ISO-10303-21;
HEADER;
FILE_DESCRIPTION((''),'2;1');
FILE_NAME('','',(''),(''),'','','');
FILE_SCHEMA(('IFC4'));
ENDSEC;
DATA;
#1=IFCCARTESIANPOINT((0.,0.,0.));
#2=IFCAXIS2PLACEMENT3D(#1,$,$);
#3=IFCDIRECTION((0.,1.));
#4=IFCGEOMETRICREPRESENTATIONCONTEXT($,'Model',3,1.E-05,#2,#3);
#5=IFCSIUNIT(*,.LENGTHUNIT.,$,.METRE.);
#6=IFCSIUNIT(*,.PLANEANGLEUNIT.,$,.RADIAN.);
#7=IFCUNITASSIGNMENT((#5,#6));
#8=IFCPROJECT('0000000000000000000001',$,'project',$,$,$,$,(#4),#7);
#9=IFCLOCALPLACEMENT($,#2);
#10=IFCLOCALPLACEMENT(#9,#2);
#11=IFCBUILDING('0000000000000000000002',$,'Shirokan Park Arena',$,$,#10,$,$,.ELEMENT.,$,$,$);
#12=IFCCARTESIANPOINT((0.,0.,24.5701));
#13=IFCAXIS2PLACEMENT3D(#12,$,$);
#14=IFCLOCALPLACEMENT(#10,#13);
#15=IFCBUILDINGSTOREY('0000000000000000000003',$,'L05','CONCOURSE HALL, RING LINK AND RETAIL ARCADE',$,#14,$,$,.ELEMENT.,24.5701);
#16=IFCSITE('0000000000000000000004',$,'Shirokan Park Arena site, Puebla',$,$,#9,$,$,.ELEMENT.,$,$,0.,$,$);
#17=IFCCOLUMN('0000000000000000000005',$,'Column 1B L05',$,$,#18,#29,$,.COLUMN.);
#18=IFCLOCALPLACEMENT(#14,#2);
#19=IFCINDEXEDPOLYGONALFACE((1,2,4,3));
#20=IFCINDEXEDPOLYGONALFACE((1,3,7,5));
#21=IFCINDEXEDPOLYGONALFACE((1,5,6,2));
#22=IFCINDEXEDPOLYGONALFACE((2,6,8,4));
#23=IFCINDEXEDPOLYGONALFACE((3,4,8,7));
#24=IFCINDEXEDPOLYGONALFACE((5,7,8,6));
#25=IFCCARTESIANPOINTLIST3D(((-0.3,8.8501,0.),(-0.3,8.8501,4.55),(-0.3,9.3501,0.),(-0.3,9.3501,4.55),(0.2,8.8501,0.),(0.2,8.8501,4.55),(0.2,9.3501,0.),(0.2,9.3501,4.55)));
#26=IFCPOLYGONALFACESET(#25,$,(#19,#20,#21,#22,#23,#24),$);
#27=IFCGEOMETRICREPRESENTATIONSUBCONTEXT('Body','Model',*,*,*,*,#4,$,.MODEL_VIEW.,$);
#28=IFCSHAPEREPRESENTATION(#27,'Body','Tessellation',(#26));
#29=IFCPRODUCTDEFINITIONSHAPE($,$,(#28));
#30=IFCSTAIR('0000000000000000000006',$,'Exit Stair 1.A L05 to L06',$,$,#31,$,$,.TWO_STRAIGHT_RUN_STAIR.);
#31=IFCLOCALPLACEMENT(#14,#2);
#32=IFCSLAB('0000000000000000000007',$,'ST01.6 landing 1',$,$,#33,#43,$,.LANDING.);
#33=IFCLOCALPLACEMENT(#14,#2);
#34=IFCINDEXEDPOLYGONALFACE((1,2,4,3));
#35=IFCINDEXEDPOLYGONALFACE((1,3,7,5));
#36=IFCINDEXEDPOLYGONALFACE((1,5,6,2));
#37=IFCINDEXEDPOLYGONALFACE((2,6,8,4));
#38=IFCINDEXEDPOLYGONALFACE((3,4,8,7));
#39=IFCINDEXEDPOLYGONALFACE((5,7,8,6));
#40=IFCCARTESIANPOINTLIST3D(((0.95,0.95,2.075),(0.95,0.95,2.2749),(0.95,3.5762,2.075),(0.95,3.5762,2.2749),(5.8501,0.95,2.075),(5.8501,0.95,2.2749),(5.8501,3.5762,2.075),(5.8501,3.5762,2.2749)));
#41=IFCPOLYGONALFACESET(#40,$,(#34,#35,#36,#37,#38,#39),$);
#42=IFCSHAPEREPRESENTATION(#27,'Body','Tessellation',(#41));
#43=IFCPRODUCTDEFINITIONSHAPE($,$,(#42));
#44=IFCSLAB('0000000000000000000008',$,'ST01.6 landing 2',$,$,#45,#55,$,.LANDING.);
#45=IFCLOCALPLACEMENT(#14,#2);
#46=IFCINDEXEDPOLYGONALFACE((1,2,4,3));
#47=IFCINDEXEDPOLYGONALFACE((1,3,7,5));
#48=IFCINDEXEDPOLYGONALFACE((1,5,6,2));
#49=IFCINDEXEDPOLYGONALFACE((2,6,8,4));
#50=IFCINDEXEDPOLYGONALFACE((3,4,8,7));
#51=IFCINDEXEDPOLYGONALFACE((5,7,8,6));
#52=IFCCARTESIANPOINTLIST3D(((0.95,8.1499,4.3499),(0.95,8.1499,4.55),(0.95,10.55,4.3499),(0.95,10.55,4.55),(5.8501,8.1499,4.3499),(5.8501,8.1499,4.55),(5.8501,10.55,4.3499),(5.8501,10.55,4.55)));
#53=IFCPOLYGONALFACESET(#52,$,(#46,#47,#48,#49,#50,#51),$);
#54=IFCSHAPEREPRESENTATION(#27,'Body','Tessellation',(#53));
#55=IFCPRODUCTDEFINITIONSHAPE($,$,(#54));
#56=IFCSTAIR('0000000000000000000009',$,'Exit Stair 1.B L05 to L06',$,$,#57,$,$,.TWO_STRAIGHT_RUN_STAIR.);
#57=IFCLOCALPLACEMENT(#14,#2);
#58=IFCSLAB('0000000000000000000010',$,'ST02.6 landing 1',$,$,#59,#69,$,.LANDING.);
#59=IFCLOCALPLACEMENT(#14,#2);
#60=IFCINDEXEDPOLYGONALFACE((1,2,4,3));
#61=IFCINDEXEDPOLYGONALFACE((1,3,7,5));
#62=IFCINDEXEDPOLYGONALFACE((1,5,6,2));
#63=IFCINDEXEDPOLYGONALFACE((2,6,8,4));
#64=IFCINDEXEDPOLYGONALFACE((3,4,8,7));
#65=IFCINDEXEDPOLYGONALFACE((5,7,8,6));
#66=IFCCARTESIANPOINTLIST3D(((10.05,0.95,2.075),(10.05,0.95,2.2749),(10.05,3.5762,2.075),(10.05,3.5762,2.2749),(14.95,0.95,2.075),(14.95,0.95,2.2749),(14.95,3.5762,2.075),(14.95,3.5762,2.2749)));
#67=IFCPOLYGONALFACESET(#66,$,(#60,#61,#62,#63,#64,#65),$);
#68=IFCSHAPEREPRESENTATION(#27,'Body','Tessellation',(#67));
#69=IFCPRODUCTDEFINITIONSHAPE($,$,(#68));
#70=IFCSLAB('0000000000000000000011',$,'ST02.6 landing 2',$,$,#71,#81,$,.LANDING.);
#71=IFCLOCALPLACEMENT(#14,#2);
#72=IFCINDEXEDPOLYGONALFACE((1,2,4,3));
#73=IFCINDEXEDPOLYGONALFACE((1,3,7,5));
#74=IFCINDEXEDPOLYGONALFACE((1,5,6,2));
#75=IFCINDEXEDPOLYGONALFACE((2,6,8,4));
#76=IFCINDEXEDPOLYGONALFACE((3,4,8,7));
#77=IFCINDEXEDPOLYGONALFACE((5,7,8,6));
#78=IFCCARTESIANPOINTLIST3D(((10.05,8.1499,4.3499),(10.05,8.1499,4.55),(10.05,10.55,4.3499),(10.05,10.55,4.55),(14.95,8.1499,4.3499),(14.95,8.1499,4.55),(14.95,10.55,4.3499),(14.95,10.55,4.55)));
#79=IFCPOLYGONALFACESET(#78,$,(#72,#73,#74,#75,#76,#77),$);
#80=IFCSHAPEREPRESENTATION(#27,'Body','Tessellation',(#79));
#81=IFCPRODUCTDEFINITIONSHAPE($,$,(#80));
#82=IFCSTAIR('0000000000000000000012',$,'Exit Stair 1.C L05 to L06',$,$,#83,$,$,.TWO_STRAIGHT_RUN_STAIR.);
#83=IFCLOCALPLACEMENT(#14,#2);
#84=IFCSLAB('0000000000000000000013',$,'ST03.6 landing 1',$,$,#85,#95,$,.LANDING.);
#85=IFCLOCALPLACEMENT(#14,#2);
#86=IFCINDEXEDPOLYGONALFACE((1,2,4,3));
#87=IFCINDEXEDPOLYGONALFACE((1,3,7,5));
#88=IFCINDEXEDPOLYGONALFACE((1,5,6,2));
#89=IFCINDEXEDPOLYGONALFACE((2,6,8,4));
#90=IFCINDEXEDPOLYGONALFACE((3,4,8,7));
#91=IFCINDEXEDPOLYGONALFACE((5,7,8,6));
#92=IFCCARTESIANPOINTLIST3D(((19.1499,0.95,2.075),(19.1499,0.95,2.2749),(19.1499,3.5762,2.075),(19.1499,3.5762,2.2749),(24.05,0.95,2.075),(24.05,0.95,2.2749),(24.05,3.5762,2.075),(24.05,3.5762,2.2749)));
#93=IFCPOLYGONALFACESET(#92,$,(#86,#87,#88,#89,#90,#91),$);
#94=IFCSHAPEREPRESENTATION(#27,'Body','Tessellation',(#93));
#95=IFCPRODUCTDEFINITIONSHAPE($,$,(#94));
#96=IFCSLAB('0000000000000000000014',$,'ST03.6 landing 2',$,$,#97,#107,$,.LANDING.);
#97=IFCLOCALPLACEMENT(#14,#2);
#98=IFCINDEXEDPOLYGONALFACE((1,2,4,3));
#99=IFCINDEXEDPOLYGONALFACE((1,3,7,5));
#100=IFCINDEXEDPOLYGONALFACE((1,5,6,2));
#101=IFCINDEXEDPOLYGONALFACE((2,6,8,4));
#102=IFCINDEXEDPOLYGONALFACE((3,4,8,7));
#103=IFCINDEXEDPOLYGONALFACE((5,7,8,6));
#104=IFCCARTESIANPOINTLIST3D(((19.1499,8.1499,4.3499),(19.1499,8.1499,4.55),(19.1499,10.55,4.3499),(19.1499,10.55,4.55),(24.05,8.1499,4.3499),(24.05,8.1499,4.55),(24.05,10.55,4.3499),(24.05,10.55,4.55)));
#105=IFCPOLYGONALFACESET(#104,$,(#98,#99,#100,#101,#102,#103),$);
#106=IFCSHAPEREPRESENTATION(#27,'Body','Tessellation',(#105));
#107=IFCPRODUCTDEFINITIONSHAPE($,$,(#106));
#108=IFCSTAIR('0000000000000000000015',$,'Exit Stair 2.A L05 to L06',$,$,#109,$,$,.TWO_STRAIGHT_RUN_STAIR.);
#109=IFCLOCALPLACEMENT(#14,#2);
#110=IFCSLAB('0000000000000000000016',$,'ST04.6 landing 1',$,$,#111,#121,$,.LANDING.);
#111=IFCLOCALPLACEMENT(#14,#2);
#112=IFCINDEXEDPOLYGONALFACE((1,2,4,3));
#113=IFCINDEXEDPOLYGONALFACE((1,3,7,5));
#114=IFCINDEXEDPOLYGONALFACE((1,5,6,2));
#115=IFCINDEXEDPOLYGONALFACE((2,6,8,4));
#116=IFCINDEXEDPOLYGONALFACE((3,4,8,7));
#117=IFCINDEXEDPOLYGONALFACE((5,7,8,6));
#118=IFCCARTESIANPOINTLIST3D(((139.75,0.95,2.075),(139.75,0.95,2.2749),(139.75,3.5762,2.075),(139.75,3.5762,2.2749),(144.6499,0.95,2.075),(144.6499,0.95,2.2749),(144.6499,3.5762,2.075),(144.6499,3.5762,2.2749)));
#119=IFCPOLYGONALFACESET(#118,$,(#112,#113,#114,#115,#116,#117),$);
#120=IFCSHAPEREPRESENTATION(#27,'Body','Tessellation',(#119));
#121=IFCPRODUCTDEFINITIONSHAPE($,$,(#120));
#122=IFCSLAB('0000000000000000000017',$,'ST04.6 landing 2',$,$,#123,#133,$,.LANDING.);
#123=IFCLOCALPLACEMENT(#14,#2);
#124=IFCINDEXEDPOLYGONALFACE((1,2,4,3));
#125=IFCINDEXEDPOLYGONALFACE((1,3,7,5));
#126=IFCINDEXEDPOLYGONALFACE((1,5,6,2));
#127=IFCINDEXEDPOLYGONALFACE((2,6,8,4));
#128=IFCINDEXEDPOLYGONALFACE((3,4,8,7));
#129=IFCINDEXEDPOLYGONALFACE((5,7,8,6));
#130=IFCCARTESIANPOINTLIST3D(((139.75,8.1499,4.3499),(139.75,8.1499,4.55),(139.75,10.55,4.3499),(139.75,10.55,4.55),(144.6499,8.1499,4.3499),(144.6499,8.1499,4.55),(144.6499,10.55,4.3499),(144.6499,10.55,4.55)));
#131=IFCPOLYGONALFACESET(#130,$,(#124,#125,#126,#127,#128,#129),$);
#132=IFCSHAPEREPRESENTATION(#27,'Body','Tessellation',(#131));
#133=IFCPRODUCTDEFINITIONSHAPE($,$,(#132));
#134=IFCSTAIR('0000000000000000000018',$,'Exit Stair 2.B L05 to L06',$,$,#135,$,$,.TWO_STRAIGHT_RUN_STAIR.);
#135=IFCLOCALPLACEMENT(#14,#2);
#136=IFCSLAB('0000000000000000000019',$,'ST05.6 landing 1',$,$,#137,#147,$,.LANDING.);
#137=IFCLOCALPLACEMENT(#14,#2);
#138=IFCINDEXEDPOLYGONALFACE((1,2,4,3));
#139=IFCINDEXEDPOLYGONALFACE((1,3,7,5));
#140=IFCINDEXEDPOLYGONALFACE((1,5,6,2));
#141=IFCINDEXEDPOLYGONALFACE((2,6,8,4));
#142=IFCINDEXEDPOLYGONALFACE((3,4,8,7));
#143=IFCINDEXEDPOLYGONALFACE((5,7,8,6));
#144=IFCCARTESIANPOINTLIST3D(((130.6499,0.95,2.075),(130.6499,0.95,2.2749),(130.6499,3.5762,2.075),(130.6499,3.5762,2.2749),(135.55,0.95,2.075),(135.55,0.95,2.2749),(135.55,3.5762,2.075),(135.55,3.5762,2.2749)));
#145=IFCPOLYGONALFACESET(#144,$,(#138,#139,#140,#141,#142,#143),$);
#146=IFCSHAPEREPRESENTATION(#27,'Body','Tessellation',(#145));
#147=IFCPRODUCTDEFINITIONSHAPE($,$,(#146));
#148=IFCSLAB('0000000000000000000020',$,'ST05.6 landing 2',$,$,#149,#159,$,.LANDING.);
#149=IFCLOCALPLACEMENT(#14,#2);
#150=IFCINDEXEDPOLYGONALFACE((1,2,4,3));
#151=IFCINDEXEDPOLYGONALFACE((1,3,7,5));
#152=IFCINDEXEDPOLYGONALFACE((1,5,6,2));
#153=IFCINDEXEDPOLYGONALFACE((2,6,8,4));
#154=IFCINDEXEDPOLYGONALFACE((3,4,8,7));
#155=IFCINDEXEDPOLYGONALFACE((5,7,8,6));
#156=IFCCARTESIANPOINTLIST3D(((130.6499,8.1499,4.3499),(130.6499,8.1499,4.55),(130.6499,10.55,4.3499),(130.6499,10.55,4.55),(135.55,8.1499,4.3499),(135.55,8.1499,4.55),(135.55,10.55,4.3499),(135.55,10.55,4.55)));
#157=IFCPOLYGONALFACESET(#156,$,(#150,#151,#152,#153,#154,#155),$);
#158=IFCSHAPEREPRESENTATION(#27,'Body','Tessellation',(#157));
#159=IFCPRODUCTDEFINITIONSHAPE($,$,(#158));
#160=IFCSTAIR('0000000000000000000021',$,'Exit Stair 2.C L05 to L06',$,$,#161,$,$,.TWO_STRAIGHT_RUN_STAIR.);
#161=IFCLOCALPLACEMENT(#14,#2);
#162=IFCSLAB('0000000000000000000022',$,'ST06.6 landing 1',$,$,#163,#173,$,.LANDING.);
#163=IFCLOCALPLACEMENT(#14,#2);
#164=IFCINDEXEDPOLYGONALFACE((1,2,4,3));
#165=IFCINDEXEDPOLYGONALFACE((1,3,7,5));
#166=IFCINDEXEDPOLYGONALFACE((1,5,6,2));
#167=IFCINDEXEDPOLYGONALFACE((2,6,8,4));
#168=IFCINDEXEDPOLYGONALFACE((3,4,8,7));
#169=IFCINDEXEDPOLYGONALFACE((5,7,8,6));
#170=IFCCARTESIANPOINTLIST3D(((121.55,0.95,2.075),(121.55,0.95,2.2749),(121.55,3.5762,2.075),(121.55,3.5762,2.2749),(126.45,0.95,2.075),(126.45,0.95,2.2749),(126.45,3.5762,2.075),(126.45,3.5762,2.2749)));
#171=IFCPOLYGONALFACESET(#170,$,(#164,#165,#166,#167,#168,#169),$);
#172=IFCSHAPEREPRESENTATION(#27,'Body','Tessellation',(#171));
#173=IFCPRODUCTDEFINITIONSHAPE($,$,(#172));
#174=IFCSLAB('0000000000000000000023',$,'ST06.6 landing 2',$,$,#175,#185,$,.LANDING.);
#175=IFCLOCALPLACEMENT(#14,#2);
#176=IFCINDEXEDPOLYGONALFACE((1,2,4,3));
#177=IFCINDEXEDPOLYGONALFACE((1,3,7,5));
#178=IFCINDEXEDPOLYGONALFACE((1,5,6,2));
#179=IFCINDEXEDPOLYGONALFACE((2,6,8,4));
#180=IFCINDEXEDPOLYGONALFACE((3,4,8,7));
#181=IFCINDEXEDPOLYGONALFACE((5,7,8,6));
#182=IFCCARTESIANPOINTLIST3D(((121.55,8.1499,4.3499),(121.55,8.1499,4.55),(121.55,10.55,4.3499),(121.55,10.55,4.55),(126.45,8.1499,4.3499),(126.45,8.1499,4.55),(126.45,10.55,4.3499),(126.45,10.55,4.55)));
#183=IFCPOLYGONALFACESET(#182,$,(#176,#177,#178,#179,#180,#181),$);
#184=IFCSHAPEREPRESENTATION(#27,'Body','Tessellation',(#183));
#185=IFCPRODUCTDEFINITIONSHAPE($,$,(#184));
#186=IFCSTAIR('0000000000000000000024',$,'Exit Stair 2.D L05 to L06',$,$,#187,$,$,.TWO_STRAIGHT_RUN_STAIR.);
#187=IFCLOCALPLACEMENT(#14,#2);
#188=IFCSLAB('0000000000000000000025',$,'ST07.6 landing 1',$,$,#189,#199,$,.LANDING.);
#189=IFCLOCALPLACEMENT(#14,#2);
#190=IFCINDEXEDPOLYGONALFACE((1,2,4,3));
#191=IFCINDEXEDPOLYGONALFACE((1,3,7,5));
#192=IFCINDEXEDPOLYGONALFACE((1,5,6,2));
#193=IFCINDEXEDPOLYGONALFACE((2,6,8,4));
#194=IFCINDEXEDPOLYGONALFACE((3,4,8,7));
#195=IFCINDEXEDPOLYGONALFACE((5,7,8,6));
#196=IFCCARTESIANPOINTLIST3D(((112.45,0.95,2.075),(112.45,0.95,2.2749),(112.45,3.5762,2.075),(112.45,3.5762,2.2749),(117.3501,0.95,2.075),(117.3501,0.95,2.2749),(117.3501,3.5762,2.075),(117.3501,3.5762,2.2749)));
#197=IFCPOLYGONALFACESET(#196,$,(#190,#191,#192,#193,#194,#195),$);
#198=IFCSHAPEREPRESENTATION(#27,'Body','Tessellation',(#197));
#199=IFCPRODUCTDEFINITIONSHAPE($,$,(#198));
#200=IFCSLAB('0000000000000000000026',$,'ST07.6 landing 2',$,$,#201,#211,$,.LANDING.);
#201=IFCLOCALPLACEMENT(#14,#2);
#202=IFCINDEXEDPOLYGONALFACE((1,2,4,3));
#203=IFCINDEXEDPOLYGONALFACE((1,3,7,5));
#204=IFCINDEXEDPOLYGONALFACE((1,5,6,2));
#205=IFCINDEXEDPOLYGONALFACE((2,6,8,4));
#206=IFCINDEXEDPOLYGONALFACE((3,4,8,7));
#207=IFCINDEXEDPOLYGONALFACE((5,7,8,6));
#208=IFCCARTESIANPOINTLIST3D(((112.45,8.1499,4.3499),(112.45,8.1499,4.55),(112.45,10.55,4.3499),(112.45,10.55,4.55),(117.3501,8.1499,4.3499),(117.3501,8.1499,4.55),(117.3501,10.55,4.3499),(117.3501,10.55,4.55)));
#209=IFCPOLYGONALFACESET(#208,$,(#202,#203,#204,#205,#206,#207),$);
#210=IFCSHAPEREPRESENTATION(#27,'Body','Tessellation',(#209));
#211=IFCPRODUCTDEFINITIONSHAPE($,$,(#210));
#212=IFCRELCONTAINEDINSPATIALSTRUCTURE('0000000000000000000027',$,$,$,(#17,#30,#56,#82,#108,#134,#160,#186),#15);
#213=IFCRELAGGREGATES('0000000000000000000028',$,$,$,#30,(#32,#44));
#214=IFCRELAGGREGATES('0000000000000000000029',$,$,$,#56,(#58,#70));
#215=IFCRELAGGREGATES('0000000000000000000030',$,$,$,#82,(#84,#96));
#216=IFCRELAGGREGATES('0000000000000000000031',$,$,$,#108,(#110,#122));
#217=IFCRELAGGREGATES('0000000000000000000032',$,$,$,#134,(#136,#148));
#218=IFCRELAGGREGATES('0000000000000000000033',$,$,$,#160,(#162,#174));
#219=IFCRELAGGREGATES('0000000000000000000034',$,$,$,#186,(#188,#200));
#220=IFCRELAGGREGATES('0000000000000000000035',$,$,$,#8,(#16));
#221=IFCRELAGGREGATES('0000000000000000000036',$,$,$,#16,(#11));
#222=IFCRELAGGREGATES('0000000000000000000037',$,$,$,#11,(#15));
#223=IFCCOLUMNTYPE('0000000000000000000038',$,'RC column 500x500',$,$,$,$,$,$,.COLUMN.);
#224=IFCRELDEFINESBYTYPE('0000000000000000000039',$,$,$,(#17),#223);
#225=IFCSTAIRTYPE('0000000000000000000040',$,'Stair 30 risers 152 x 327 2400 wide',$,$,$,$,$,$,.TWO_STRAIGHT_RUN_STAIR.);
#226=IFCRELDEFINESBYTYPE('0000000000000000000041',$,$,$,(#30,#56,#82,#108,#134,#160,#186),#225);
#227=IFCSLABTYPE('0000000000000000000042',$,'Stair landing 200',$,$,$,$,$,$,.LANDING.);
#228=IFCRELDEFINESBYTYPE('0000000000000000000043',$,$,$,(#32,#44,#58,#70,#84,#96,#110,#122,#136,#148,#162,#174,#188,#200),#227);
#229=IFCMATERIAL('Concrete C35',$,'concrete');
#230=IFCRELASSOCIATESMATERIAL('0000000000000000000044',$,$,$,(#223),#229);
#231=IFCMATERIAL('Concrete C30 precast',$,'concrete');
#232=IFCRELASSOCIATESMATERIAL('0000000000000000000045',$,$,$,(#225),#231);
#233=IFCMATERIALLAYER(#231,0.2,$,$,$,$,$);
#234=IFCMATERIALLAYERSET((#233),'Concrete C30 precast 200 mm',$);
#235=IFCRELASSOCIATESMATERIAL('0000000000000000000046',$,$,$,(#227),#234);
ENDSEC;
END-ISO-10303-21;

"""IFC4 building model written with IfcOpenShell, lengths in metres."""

from ifc_helpers import new_model, si_unit, direction, frame, origin, origin_2d, place, context, subcontext, project, spatial, polyline, rectangle, outline, extrude, material, layer, layer_set, material_profile, profile_set, type_object, element, aggregate, save


model = new_model("IFC4")

# Units and contexts
model_context = context("Model", 3, precision=1e-05, world=origin(), true_north=direction((0.0, 1.0)))
body_context = subcontext(model_context, "Body", "Model", "MODEL_VIEW")
ifc_project = project(units=[si_unit("LENGTHUNIT", "METRE"), si_unit("PLANEANGLEUNIT", "RADIAN")], contexts=[model_context])

# Site, building, storey
site_placement = place(None, origin())
site = spatial("IfcSite", under=ifc_project, at=site_placement, Name="Shirokan Park Arena site, Puebla", CompositionType="ELEMENT", RefElevation=0.0)
building_placement = place(site_placement, origin())
building = spatial("IfcBuilding", under=site, at=building_placement, Name="Shirokan Park Arena", CompositionType="ELEMENT")
storey_placement = place(building_placement, frame((0.0, 0.0, 24.5701)))
storey = spatial("IfcBuildingStorey", under=building, at=storey_placement, Name="L05", Description="CONCOURSE HALL, RING LINK AND RETAIL ARCADE", CompositionType="ELEMENT", Elevation=24.5701)

# Column
ifc_material_1 = material(Name="Concrete C35", Category="concrete")
ifc_material_profile = material_profile(ifc_material_1, rectangle(XDim=0.5, YDim=0.5, at=origin_2d()), Name="500x500")
ifc_profile_set = profile_set([ifc_material_profile], Name="Concrete C35")
column_type = type_object("IfcColumnType", Name="RC column 500x500", PredefinedType="COLUMN", material=ifc_profile_set)
column_placement = place(storey_placement, frame((-0.05, 9.1001, 0.0), z_axis=(0.0, 0.0, 1.0), x_axis=(1.0, 0.0, 0.0)))
element("IfcColumn", 1, at=column_placement, inside=storey, type_object=column_type, Name="Column 1B L05", PredefinedType="COLUMN", context=body_context, shape_type="SweptSolid", body=[
    extrude(rectangle(XDim=0.5, YDim=0.5, at=origin_2d()), origin(), (0.0, 0.0, 1.0), 4.55),
])

# Stairs, slabs
ifc_material_2 = material(Name="Concrete C30 precast", Category="concrete")
stair_type = type_object("IfcStairType", Name="Stair 30 risers 152 x 327 2400 wide", PredefinedType="TWO_STRAIGHT_RUN_STAIR", material=ifc_material_2)
stair_1_placement = place(storey_placement, origin())
stair_1 = element("IfcStair", 2, at=stair_1_placement, inside=storey, type_object=stair_type, Name="Exit Stair 1.A L05 to L06", PredefinedType="TWO_STRAIGHT_RUN_STAIR")
ifc_layer = layer(ifc_material_2, 0.2)
ifc_layer_set = layer_set([ifc_layer], Name="Concrete C30 precast 200 mm")
slab_type = type_object("IfcSlabType", Name="Stair landing 200", PredefinedType="LANDING", material=ifc_layer_set)
slab_1_placement = place(storey_placement, frame((0.0, 0.0, 2.075)))
slab_1 = element("IfcSlab", 3, at=slab_1_placement, type_object=slab_type, Name="ST01.6 landing 1", PredefinedType="LANDING", context=body_context, shape_type="SweptSolid", body=[
    extrude(outline(polyline([(0.95, 0.95), (5.8501, 0.95), (5.8501, 3.5762), (0.95, 3.5762), (0.95, 0.95)])), origin(), (0.0, 0.0, 1.0), 0.2),
])
slab_2_placement = place(storey_placement, frame((0.0, 0.0, 4.3499)))
slab_2 = element("IfcSlab", 4, at=slab_2_placement, type_object=slab_type, Name="ST01.6 landing 2", PredefinedType="LANDING", context=body_context, shape_type="SweptSolid", body=[
    extrude(outline(polyline([(0.95, 8.1499), (5.8501, 8.1499), (5.8501, 10.55), (0.95, 10.55), (0.95, 8.1499)])), origin(), (0.0, 0.0, 1.0), 0.2002),
])
aggregate(stair_1, [slab_1, slab_2])
stair_2_placement = place(storey_placement, origin())
stair_2 = element("IfcStair", 5, at=stair_2_placement, inside=storey, type_object=stair_type, Name="Exit Stair 1.B L05 to L06", PredefinedType="TWO_STRAIGHT_RUN_STAIR")
slab_3_placement = place(storey_placement, frame((0.0, 0.0, 2.075)))
slab_3 = element("IfcSlab", 6, at=slab_3_placement, type_object=slab_type, Name="ST02.6 landing 1", PredefinedType="LANDING", context=body_context, shape_type="SweptSolid", body=[
    extrude(outline(polyline([(10.05, 0.95), (14.95, 0.95), (14.95, 3.5762), (10.05, 3.5762), (10.05, 0.95)])), origin(), (0.0, 0.0, 1.0), 0.2),
])
slab_4_placement = place(storey_placement, frame((0.0, 0.0, 4.3499)))
slab_4 = element("IfcSlab", 7, at=slab_4_placement, type_object=slab_type, Name="ST02.6 landing 2", PredefinedType="LANDING", context=body_context, shape_type="SweptSolid", body=[
    extrude(outline(polyline([(10.05, 8.1499), (14.95, 8.1499), (14.95, 10.55), (10.05, 10.55), (10.05, 8.1499)])), origin(), (0.0, 0.0, 1.0), 0.2002),
])
aggregate(stair_2, [slab_3, slab_4])
stair_3_placement = place(storey_placement, origin())
stair_3 = element("IfcStair", 8, at=stair_3_placement, inside=storey, type_object=stair_type, Name="Exit Stair 1.C L05 to L06", PredefinedType="TWO_STRAIGHT_RUN_STAIR")
slab_5_placement = place(storey_placement, frame((0.0, 0.0, 2.075)))
slab_5 = element("IfcSlab", 9, at=slab_5_placement, type_object=slab_type, Name="ST03.6 landing 1", PredefinedType="LANDING", context=body_context, shape_type="SweptSolid", body=[
    extrude(outline(polyline([(19.1499, 0.95), (24.05, 0.95), (24.05, 3.5762), (19.1499, 3.5762), (19.1499, 0.95)])), origin(), (0.0, 0.0, 1.0), 0.2),
])
slab_6_placement = place(storey_placement, frame((0.0, 0.0, 4.3499)))
slab_6 = element("IfcSlab", 10, at=slab_6_placement, type_object=slab_type, Name="ST03.6 landing 2", PredefinedType="LANDING", context=body_context, shape_type="SweptSolid", body=[
    extrude(outline(polyline([(19.1499, 8.1499), (24.05, 8.1499), (24.05, 10.55), (19.1499, 10.55), (19.1499, 8.1499)])), origin(), (0.0, 0.0, 1.0), 0.2002),
])
aggregate(stair_3, [slab_5, slab_6])
stair_4_placement = place(storey_placement, origin())
stair_4 = element("IfcStair", 11, at=stair_4_placement, inside=storey, type_object=stair_type, Name="Exit Stair 2.A L05 to L06", PredefinedType="TWO_STRAIGHT_RUN_STAIR")
slab_7_placement = place(storey_placement, frame((0.0, 0.0, 2.075)))
slab_7 = element("IfcSlab", 12, at=slab_7_placement, type_object=slab_type, Name="ST04.6 landing 1", PredefinedType="LANDING", context=body_context, shape_type="SweptSolid", body=[
    extrude(outline(polyline([(139.75, 0.95), (144.6499, 0.95), (144.6499, 3.5762), (139.75, 3.5762), (139.75, 0.95)])), origin(), (0.0, 0.0, 1.0), 0.2),
])
slab_8_placement = place(storey_placement, frame((0.0, 0.0, 4.3499)))
slab_8 = element("IfcSlab", 13, at=slab_8_placement, type_object=slab_type, Name="ST04.6 landing 2", PredefinedType="LANDING", context=body_context, shape_type="SweptSolid", body=[
    extrude(outline(polyline([(139.75, 8.1499), (144.6499, 8.1499), (144.6499, 10.55), (139.75, 10.55), (139.75, 8.1499)])), origin(), (0.0, 0.0, 1.0), 0.2002),
])
aggregate(stair_4, [slab_7, slab_8])
stair_5_placement = place(storey_placement, origin())
stair_5 = element("IfcStair", 14, at=stair_5_placement, inside=storey, type_object=stair_type, Name="Exit Stair 2.B L05 to L06", PredefinedType="TWO_STRAIGHT_RUN_STAIR")
slab_9_placement = place(storey_placement, frame((0.0, 0.0, 2.075)))
slab_9 = element("IfcSlab", 15, at=slab_9_placement, type_object=slab_type, Name="ST05.6 landing 1", PredefinedType="LANDING", context=body_context, shape_type="SweptSolid", body=[
    extrude(outline(polyline([(130.6499, 0.95), (135.55, 0.95), (135.55, 3.5762), (130.6499, 3.5762), (130.6499, 0.95)])), origin(), (0.0, 0.0, 1.0), 0.2),
])
slab_10_placement = place(storey_placement, frame((0.0, 0.0, 4.3499)))
slab_10 = element("IfcSlab", 16, at=slab_10_placement, type_object=slab_type, Name="ST05.6 landing 2", PredefinedType="LANDING", context=body_context, shape_type="SweptSolid", body=[
    extrude(outline(polyline([(130.6499, 8.1499), (135.55, 8.1499), (135.55, 10.55), (130.6499, 10.55), (130.6499, 8.1499)])), origin(), (0.0, 0.0, 1.0), 0.2002),
])
aggregate(stair_5, [slab_9, slab_10])
stair_6_placement = place(storey_placement, origin())
stair_6 = element("IfcStair", 17, at=stair_6_placement, inside=storey, type_object=stair_type, Name="Exit Stair 2.C L05 to L06", PredefinedType="TWO_STRAIGHT_RUN_STAIR")
slab_11_placement = place(storey_placement, frame((0.0, 0.0, 2.075)))
slab_11 = element("IfcSlab", 18, at=slab_11_placement, type_object=slab_type, Name="ST06.6 landing 1", PredefinedType="LANDING", context=body_context, shape_type="SweptSolid", body=[
    extrude(outline(polyline([(121.55, 0.95), (126.45, 0.95), (126.45, 3.5762), (121.55, 3.5762), (121.55, 0.95)])), origin(), (0.0, 0.0, 1.0), 0.2),
])
slab_12_placement = place(storey_placement, frame((0.0, 0.0, 4.3499)))
slab_12 = element("IfcSlab", 19, at=slab_12_placement, type_object=slab_type, Name="ST06.6 landing 2", PredefinedType="LANDING", context=body_context, shape_type="SweptSolid", body=[
    extrude(outline(polyline([(121.55, 8.1499), (126.45, 8.1499), (126.45, 10.55), (121.55, 10.55), (121.55, 8.1499)])), origin(), (0.0, 0.0, 1.0), 0.2002),
])
aggregate(stair_6, [slab_11, slab_12])
stair_7_placement = place(storey_placement, origin())
stair_7 = element("IfcStair", 20, at=stair_7_placement, inside=storey, type_object=stair_type, Name="Exit Stair 2.D L05 to L06", PredefinedType="TWO_STRAIGHT_RUN_STAIR")
slab_13_placement = place(storey_placement, frame((0.0, 0.0, 2.075)))
slab_13 = element("IfcSlab", 21, at=slab_13_placement, type_object=slab_type, Name="ST07.6 landing 1", PredefinedType="LANDING", context=body_context, shape_type="SweptSolid", body=[
    extrude(outline(polyline([(112.45, 0.95), (117.3501, 0.95), (117.3501, 3.5762), (112.45, 3.5762), (112.45, 0.95)])), origin(), (0.0, 0.0, 1.0), 0.2),
])
slab_14_placement = place(storey_placement, frame((0.0, 0.0, 4.3499)))
slab_14 = element("IfcSlab", 22, at=slab_14_placement, type_object=slab_type, Name="ST07.6 landing 2", PredefinedType="LANDING", context=body_context, shape_type="SweptSolid", body=[
    extrude(outline(polyline([(112.45, 8.1499), (117.3501, 8.1499), (117.3501, 10.55), (112.45, 10.55), (112.45, 8.1499)])), origin(), (0.0, 0.0, 1.0), 0.2002),
])
aggregate(stair_7, [slab_13, slab_14])

save(model, "model.ifc")
